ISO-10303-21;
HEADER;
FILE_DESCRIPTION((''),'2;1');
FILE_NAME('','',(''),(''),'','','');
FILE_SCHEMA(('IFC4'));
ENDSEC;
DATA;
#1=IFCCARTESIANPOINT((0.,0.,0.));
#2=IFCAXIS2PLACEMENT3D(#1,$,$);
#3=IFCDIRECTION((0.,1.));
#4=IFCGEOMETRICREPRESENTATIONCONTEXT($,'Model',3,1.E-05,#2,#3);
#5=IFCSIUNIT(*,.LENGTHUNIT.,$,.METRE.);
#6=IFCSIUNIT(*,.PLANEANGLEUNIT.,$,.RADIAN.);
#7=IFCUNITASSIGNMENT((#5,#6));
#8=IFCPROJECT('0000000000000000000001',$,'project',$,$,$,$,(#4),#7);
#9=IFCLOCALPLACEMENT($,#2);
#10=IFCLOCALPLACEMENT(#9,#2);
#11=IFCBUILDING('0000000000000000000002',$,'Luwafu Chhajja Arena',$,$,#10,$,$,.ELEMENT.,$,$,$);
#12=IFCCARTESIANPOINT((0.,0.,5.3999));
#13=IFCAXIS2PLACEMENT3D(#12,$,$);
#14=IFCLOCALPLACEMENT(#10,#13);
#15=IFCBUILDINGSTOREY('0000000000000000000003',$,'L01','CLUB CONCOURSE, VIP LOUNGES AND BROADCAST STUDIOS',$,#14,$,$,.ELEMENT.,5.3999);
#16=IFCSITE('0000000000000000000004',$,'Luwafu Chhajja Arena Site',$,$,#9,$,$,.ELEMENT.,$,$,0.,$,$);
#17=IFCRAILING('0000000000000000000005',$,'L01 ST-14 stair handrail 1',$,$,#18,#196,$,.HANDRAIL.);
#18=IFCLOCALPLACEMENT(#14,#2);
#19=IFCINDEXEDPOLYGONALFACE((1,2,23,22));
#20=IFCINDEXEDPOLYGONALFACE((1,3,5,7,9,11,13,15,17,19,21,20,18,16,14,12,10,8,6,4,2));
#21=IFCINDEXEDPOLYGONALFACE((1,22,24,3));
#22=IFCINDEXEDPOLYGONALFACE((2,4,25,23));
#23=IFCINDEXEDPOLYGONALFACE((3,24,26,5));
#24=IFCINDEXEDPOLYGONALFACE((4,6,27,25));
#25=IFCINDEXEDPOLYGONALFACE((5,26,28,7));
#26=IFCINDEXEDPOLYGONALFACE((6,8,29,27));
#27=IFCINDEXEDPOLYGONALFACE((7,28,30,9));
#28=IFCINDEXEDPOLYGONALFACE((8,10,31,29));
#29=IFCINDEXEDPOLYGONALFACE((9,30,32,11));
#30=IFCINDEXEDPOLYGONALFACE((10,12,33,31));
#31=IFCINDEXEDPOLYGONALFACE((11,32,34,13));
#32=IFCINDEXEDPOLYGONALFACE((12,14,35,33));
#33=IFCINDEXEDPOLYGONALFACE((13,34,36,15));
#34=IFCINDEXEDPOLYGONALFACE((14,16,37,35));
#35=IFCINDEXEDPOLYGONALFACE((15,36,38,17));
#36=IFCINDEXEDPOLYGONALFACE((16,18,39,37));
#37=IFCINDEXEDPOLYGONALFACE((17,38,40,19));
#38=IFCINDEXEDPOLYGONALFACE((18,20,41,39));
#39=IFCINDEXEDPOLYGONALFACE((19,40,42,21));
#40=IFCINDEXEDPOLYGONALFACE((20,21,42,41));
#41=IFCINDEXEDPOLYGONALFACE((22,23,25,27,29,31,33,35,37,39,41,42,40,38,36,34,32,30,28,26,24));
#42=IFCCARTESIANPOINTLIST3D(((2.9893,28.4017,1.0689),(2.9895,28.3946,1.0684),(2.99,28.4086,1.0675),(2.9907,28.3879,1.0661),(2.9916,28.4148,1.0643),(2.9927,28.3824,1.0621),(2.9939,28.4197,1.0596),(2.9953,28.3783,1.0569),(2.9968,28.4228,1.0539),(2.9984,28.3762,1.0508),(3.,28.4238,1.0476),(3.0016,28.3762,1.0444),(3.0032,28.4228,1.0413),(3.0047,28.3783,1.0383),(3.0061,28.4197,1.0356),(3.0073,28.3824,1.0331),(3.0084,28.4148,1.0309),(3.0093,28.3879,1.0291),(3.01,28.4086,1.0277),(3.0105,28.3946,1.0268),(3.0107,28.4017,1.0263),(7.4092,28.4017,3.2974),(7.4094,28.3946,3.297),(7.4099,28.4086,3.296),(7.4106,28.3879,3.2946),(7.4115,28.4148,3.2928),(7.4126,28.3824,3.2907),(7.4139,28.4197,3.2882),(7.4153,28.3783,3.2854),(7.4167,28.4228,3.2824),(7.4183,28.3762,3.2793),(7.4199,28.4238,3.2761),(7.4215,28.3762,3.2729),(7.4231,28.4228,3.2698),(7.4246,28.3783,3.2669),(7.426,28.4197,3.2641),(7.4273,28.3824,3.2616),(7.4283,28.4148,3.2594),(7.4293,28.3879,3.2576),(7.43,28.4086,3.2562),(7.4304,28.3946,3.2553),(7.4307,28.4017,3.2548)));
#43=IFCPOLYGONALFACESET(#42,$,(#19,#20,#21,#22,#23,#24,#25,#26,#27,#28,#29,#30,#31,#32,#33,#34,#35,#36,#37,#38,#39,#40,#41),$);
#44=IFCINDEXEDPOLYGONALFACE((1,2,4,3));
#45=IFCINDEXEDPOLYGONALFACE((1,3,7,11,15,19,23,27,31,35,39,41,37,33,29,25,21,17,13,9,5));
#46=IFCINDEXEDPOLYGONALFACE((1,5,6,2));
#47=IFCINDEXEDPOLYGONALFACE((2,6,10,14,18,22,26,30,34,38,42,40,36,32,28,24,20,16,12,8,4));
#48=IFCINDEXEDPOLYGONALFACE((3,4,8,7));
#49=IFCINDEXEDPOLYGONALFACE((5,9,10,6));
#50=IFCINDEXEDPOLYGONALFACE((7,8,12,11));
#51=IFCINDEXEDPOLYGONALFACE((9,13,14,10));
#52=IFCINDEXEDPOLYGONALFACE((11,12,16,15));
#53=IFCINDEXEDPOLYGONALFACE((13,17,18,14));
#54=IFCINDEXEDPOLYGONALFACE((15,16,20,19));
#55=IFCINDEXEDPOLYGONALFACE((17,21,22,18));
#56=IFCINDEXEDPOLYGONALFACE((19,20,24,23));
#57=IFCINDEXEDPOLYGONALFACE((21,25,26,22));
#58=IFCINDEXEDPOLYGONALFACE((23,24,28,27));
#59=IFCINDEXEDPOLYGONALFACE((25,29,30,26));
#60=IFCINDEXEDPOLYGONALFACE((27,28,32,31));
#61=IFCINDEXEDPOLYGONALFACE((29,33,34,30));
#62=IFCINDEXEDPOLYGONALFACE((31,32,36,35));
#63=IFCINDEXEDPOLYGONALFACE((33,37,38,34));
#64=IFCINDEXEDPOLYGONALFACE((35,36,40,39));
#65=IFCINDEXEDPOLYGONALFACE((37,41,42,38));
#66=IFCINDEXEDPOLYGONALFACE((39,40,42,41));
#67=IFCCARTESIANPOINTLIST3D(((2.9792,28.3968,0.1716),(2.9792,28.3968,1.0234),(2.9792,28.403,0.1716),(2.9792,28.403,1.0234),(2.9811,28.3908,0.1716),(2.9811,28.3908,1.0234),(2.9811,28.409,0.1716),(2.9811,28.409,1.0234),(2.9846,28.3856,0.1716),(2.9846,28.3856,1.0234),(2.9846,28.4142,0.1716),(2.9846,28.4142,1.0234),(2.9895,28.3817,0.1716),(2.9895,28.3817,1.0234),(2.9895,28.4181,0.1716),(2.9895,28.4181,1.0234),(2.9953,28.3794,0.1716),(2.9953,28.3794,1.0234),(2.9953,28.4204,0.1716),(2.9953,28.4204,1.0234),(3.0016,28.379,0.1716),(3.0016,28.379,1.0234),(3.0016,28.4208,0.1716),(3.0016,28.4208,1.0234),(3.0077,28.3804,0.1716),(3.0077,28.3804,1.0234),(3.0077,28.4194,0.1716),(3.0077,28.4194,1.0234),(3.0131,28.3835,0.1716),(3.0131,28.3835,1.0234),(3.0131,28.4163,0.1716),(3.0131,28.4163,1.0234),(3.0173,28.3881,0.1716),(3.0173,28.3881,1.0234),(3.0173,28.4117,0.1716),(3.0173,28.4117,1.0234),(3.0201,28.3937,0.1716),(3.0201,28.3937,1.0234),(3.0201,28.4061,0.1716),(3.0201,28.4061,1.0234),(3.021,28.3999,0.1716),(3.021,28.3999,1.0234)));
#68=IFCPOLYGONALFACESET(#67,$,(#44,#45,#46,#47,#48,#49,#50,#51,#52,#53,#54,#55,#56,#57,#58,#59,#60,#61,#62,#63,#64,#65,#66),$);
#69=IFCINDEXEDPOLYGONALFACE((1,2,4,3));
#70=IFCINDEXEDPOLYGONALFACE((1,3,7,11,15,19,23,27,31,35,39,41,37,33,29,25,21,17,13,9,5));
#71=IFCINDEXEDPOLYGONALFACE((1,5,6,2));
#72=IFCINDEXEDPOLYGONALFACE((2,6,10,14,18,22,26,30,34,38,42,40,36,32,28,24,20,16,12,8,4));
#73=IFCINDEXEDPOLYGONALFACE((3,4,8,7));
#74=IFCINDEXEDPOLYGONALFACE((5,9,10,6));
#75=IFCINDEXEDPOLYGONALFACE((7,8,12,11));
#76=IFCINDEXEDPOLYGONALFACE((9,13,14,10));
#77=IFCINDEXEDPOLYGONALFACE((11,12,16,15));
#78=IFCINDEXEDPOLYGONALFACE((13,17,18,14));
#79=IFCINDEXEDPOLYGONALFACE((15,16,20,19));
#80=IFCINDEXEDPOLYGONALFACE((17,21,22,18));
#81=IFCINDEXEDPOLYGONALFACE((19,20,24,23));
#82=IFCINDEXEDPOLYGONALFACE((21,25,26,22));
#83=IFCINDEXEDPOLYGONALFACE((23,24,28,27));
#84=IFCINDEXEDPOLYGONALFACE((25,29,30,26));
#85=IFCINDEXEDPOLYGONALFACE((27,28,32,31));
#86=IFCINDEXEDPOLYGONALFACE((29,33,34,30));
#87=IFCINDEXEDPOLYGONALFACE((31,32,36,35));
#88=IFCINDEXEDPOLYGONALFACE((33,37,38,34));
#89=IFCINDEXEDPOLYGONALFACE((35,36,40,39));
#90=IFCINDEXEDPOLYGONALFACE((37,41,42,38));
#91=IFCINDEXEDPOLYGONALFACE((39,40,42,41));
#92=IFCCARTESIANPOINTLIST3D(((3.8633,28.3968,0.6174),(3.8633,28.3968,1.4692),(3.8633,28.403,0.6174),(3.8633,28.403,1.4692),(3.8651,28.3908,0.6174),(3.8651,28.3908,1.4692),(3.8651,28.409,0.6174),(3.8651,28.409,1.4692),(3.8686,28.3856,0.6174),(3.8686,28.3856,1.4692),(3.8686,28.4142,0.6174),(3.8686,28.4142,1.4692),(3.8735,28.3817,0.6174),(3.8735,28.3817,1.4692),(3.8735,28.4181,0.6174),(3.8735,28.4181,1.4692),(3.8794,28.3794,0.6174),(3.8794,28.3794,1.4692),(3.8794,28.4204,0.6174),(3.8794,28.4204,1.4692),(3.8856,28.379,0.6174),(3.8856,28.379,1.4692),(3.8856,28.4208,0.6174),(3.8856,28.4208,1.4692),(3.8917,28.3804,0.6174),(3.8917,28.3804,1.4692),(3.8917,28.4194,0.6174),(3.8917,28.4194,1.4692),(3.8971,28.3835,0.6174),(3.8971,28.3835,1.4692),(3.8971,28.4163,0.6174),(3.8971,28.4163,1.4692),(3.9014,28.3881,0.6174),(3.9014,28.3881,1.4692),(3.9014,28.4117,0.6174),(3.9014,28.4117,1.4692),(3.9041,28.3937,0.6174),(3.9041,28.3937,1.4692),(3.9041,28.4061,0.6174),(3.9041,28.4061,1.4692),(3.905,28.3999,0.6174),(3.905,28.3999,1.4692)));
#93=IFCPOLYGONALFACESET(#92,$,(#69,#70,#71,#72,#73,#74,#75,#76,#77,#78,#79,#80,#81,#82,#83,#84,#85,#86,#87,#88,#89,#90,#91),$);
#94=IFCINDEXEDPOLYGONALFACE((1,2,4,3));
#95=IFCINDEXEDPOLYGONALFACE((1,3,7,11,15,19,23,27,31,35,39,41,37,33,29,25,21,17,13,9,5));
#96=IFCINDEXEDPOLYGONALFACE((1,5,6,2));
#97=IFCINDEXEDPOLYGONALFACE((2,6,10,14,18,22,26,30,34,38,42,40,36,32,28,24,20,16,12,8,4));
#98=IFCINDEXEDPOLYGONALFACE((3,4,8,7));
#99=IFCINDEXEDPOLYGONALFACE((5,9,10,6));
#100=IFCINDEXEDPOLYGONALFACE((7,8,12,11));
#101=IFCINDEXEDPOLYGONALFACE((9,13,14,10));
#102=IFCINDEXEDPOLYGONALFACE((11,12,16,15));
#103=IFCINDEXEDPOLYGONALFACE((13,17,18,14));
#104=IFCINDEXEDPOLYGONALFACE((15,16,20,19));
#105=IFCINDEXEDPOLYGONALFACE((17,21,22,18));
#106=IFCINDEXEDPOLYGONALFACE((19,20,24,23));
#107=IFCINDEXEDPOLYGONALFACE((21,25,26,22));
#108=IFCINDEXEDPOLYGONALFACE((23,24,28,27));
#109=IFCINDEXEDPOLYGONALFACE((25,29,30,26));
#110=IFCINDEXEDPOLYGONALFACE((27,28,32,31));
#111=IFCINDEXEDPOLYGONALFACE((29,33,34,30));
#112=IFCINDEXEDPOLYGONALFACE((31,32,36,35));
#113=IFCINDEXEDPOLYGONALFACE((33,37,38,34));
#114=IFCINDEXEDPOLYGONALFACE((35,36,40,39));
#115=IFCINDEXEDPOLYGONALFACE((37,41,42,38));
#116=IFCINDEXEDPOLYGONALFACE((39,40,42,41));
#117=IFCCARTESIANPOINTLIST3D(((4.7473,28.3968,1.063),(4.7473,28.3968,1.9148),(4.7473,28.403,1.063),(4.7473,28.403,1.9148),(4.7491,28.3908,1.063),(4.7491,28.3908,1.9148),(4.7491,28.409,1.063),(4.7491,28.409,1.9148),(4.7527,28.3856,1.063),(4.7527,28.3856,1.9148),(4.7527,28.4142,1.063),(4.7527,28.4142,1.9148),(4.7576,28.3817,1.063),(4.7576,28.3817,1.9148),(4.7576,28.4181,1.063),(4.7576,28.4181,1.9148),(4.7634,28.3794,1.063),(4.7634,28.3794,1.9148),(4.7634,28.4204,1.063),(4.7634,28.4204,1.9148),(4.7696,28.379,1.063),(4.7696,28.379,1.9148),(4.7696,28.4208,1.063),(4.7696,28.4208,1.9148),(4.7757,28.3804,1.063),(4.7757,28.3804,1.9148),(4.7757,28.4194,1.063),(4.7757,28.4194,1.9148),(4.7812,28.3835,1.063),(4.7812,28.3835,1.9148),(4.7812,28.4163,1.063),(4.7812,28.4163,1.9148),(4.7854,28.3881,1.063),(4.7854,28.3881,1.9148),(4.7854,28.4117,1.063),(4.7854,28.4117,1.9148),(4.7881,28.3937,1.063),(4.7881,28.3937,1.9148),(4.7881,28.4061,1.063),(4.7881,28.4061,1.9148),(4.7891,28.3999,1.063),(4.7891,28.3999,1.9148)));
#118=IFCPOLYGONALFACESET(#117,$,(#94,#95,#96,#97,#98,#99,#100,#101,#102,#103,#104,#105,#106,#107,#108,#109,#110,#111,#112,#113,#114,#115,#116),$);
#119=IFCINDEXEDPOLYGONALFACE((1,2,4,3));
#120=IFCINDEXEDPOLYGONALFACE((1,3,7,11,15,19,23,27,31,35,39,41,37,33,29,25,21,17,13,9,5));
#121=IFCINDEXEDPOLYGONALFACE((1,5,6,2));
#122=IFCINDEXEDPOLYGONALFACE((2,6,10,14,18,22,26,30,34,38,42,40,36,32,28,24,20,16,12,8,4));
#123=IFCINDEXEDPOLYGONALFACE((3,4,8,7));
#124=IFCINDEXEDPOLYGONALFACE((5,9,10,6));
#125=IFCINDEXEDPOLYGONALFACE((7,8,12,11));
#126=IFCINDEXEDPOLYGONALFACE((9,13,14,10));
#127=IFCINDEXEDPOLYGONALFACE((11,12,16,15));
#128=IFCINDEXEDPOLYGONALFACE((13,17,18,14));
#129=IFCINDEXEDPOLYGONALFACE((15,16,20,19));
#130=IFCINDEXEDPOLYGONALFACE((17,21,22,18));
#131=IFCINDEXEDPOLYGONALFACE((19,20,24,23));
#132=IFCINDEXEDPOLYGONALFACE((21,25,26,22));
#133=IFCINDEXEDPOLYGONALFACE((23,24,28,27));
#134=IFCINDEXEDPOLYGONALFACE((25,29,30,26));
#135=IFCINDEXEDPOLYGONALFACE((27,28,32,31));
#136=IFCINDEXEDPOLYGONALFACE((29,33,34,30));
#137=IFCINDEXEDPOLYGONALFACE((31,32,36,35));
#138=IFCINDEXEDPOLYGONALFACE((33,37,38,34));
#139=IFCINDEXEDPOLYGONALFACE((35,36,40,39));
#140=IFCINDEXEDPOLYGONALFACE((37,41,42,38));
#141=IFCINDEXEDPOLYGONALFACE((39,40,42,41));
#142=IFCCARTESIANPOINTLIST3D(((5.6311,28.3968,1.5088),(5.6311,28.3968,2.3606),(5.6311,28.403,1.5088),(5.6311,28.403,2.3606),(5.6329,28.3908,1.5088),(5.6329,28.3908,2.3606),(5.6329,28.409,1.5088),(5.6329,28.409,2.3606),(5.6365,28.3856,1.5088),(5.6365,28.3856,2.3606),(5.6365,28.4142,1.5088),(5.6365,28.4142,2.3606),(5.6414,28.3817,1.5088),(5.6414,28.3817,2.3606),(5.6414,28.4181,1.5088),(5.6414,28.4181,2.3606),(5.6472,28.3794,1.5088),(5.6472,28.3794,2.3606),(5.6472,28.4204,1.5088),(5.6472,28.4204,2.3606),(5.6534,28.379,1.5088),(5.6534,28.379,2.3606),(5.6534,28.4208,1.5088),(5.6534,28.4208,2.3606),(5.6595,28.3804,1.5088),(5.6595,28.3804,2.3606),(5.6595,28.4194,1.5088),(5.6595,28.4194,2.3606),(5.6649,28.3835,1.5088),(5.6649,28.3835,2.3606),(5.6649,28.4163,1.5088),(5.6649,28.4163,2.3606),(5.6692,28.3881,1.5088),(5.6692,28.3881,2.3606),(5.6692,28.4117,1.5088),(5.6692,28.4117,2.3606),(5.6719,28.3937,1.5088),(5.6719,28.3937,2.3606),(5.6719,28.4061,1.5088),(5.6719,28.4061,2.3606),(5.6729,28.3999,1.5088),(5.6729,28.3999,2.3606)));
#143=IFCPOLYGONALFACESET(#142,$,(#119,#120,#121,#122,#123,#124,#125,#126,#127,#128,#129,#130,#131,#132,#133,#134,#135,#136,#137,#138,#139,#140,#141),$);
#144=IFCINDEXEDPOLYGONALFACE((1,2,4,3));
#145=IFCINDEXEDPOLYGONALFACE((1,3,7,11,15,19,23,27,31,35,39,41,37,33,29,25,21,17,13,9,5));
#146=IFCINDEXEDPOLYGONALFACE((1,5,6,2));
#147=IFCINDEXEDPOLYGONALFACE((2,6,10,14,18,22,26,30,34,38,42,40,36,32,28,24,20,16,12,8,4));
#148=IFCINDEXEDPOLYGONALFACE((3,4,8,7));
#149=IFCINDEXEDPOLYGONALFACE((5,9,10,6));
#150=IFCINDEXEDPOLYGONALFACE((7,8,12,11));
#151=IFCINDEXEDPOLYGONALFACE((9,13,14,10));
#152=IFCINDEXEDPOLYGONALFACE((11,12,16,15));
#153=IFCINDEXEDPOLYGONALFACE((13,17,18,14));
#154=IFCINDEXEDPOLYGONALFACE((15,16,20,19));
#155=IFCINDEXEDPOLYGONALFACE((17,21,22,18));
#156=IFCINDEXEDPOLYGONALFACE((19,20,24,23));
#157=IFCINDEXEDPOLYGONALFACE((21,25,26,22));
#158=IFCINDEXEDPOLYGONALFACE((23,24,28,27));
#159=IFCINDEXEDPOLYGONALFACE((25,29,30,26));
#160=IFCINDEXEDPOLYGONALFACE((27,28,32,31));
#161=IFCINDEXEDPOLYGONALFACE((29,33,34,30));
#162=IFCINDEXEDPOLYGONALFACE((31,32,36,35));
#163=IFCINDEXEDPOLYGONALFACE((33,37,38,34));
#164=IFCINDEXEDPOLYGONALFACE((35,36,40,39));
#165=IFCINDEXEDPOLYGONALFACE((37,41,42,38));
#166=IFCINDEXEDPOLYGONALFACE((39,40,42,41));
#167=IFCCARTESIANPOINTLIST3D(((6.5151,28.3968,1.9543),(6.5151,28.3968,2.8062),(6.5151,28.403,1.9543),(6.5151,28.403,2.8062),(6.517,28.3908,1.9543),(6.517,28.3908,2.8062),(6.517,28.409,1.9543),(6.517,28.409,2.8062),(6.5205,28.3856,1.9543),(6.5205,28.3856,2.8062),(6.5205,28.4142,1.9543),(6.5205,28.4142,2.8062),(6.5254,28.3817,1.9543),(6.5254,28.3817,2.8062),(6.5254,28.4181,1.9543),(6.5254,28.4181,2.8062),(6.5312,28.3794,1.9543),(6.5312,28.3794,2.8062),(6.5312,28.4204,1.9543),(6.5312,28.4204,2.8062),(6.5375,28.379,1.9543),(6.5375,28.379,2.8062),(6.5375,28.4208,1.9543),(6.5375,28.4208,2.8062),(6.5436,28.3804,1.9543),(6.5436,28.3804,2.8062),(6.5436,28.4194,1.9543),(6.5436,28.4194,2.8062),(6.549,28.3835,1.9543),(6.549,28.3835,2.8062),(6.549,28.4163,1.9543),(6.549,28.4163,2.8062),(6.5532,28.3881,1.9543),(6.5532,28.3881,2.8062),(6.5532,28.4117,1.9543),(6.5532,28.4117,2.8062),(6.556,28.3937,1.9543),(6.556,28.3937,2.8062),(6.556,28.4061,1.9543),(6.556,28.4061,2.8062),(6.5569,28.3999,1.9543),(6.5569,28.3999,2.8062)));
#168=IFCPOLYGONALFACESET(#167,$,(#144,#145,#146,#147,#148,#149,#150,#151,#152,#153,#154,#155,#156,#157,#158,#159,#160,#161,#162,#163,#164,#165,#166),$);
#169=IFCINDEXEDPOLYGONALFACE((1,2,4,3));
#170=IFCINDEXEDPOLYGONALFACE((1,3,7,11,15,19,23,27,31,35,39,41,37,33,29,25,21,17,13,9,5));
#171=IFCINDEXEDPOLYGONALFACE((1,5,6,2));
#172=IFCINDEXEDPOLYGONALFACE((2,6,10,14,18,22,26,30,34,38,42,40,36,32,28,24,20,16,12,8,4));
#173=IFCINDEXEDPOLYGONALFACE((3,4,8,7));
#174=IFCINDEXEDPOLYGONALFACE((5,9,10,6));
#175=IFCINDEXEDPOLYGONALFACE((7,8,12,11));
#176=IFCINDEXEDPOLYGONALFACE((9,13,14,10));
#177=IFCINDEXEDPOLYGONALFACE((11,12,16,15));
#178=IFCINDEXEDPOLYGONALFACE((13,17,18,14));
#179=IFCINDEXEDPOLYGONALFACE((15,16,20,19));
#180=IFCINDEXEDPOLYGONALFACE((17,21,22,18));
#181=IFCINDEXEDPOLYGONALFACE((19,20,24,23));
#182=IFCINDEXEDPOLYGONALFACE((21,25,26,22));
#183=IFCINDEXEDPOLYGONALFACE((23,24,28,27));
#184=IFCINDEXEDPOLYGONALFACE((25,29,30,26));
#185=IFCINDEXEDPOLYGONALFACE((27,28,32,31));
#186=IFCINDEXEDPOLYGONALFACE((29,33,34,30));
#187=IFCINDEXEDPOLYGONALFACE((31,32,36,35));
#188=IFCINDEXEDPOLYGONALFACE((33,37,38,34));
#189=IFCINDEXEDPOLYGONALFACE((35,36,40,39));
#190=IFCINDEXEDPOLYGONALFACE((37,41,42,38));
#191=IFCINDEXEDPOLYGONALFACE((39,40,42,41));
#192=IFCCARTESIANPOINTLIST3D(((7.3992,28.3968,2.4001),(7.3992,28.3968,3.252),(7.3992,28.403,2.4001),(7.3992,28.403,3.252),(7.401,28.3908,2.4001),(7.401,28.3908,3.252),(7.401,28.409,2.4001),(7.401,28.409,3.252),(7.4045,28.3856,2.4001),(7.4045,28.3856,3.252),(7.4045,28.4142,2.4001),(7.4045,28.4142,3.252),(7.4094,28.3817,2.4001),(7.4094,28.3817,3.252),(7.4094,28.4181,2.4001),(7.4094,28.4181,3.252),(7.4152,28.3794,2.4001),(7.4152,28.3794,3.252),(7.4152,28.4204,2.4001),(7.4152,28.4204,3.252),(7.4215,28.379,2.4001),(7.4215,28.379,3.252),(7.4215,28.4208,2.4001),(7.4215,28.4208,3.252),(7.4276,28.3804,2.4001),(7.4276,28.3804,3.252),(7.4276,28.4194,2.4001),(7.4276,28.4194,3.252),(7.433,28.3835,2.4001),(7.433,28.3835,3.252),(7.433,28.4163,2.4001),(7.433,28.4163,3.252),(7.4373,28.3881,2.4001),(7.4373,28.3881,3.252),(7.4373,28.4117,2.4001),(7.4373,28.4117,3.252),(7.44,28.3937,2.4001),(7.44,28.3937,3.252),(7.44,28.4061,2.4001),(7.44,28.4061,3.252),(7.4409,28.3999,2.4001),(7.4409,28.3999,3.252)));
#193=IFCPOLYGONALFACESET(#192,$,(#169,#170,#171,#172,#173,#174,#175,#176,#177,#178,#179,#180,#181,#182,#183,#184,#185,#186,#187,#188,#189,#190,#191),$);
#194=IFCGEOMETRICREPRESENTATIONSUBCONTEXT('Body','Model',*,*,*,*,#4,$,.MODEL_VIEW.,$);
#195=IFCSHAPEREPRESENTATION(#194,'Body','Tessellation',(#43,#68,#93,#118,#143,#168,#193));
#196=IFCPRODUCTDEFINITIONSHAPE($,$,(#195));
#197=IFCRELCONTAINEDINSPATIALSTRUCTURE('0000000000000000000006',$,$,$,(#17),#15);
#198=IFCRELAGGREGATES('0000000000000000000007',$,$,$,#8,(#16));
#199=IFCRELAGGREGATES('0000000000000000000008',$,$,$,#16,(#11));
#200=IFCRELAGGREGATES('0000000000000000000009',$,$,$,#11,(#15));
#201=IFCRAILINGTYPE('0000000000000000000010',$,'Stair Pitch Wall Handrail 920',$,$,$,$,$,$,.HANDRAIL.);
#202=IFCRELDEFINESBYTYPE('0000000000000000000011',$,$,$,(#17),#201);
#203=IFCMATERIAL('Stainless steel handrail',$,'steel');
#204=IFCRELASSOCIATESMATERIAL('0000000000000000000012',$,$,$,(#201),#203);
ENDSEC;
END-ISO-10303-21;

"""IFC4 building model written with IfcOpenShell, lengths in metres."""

from ifc_helpers import new_model, si_unit, direction, frame, origin, origin_2d, place, context, subcontext, project, spatial, circle, extrude, material, type_object, element, save


model = new_model("IFC4")

# Units and contexts
model_context = context("Model", 3, precision=1e-05, world=origin(), true_north=direction((0.0, 1.0)))
body_context = subcontext(model_context, "Body", "Model", "MODEL_VIEW")
ifc_project = project(units=[si_unit("LENGTHUNIT", "METRE"), si_unit("PLANEANGLEUNIT", "RADIAN")], contexts=[model_context])

# Site, building, storey
site_placement = place(None, origin())
site = spatial("IfcSite", under=ifc_project, at=site_placement, Name="Luwafu Chhajja Arena Site", CompositionType="ELEMENT", RefElevation=0.0)
building_placement = place(site_placement, origin())
building = spatial("IfcBuilding", under=site, at=building_placement, Name="Luwafu Chhajja Arena", CompositionType="ELEMENT")
storey_placement = place(building_placement, frame((0.0, 0.0, 5.3999)))
storey = spatial("IfcBuildingStorey", under=building, at=storey_placement, Name="L01", Description="CLUB CONCOURSE, VIP LOUNGES AND BROADCAST STUDIOS", CompositionType="ELEMENT", Elevation=5.3999)

# Railing
ifc_material_1 = material(Name="Stainless steel handrail", Category="steel")
railing_type_1 = type_object("IfcRailingType", Name="Stair Pitch Wall Handrail 920", PredefinedType="HANDRAIL", material=ifc_material_1)
railing_1_placement = place(storey_placement, frame((3.0, 28.3999, 0.1716)))
element("IfcRailing", 1, at=railing_1_placement, inside=storey, type_object=railing_type_1, Name="L01 ST-14 stair handrail 1", PredefinedType="HANDRAIL", context=body_context, shape_type="SweptSolid", body=[
    extrude(circle(Radius=0.0239, at=origin_2d()), frame((0.0, 0.0, 0.876), z_axis=(0.892923, 0.0, 0.45021), x_axis=(0.0, 1.0, 0.0)), (0.0, 0.0, 1.0), 4.95),
    extrude(circle(Radius=0.021, at=origin_2d()), origin(), (0.0, 0.0, 1.0), 0.8518),
    extrude(circle(Radius=0.021, at=origin_2d()), frame((0.884, 0.0, 0.4458)), (0.0, 0.0, 1.0), 0.8518),
    extrude(circle(Radius=0.021, at=origin_2d()), frame((1.7681, 0.0, 0.8914)), (0.0, 0.0, 1.0), 0.8518),
    extrude(circle(Radius=0.021, at=origin_2d()), frame((2.6519, 0.0, 1.3372)), (0.0, 0.0, 1.0), 0.8518),
    extrude(circle(Radius=0.021, at=origin_2d()), frame((3.5359, 0.0, 1.7827)), (0.0, 0.0, 1.0), 0.8518),
    extrude(circle(Radius=0.021, at=origin_2d()), frame((4.4199, 0.0, 2.2285)), (0.0, 0.0, 1.0), 0.8518),
])

save(model, "model.ifc")
